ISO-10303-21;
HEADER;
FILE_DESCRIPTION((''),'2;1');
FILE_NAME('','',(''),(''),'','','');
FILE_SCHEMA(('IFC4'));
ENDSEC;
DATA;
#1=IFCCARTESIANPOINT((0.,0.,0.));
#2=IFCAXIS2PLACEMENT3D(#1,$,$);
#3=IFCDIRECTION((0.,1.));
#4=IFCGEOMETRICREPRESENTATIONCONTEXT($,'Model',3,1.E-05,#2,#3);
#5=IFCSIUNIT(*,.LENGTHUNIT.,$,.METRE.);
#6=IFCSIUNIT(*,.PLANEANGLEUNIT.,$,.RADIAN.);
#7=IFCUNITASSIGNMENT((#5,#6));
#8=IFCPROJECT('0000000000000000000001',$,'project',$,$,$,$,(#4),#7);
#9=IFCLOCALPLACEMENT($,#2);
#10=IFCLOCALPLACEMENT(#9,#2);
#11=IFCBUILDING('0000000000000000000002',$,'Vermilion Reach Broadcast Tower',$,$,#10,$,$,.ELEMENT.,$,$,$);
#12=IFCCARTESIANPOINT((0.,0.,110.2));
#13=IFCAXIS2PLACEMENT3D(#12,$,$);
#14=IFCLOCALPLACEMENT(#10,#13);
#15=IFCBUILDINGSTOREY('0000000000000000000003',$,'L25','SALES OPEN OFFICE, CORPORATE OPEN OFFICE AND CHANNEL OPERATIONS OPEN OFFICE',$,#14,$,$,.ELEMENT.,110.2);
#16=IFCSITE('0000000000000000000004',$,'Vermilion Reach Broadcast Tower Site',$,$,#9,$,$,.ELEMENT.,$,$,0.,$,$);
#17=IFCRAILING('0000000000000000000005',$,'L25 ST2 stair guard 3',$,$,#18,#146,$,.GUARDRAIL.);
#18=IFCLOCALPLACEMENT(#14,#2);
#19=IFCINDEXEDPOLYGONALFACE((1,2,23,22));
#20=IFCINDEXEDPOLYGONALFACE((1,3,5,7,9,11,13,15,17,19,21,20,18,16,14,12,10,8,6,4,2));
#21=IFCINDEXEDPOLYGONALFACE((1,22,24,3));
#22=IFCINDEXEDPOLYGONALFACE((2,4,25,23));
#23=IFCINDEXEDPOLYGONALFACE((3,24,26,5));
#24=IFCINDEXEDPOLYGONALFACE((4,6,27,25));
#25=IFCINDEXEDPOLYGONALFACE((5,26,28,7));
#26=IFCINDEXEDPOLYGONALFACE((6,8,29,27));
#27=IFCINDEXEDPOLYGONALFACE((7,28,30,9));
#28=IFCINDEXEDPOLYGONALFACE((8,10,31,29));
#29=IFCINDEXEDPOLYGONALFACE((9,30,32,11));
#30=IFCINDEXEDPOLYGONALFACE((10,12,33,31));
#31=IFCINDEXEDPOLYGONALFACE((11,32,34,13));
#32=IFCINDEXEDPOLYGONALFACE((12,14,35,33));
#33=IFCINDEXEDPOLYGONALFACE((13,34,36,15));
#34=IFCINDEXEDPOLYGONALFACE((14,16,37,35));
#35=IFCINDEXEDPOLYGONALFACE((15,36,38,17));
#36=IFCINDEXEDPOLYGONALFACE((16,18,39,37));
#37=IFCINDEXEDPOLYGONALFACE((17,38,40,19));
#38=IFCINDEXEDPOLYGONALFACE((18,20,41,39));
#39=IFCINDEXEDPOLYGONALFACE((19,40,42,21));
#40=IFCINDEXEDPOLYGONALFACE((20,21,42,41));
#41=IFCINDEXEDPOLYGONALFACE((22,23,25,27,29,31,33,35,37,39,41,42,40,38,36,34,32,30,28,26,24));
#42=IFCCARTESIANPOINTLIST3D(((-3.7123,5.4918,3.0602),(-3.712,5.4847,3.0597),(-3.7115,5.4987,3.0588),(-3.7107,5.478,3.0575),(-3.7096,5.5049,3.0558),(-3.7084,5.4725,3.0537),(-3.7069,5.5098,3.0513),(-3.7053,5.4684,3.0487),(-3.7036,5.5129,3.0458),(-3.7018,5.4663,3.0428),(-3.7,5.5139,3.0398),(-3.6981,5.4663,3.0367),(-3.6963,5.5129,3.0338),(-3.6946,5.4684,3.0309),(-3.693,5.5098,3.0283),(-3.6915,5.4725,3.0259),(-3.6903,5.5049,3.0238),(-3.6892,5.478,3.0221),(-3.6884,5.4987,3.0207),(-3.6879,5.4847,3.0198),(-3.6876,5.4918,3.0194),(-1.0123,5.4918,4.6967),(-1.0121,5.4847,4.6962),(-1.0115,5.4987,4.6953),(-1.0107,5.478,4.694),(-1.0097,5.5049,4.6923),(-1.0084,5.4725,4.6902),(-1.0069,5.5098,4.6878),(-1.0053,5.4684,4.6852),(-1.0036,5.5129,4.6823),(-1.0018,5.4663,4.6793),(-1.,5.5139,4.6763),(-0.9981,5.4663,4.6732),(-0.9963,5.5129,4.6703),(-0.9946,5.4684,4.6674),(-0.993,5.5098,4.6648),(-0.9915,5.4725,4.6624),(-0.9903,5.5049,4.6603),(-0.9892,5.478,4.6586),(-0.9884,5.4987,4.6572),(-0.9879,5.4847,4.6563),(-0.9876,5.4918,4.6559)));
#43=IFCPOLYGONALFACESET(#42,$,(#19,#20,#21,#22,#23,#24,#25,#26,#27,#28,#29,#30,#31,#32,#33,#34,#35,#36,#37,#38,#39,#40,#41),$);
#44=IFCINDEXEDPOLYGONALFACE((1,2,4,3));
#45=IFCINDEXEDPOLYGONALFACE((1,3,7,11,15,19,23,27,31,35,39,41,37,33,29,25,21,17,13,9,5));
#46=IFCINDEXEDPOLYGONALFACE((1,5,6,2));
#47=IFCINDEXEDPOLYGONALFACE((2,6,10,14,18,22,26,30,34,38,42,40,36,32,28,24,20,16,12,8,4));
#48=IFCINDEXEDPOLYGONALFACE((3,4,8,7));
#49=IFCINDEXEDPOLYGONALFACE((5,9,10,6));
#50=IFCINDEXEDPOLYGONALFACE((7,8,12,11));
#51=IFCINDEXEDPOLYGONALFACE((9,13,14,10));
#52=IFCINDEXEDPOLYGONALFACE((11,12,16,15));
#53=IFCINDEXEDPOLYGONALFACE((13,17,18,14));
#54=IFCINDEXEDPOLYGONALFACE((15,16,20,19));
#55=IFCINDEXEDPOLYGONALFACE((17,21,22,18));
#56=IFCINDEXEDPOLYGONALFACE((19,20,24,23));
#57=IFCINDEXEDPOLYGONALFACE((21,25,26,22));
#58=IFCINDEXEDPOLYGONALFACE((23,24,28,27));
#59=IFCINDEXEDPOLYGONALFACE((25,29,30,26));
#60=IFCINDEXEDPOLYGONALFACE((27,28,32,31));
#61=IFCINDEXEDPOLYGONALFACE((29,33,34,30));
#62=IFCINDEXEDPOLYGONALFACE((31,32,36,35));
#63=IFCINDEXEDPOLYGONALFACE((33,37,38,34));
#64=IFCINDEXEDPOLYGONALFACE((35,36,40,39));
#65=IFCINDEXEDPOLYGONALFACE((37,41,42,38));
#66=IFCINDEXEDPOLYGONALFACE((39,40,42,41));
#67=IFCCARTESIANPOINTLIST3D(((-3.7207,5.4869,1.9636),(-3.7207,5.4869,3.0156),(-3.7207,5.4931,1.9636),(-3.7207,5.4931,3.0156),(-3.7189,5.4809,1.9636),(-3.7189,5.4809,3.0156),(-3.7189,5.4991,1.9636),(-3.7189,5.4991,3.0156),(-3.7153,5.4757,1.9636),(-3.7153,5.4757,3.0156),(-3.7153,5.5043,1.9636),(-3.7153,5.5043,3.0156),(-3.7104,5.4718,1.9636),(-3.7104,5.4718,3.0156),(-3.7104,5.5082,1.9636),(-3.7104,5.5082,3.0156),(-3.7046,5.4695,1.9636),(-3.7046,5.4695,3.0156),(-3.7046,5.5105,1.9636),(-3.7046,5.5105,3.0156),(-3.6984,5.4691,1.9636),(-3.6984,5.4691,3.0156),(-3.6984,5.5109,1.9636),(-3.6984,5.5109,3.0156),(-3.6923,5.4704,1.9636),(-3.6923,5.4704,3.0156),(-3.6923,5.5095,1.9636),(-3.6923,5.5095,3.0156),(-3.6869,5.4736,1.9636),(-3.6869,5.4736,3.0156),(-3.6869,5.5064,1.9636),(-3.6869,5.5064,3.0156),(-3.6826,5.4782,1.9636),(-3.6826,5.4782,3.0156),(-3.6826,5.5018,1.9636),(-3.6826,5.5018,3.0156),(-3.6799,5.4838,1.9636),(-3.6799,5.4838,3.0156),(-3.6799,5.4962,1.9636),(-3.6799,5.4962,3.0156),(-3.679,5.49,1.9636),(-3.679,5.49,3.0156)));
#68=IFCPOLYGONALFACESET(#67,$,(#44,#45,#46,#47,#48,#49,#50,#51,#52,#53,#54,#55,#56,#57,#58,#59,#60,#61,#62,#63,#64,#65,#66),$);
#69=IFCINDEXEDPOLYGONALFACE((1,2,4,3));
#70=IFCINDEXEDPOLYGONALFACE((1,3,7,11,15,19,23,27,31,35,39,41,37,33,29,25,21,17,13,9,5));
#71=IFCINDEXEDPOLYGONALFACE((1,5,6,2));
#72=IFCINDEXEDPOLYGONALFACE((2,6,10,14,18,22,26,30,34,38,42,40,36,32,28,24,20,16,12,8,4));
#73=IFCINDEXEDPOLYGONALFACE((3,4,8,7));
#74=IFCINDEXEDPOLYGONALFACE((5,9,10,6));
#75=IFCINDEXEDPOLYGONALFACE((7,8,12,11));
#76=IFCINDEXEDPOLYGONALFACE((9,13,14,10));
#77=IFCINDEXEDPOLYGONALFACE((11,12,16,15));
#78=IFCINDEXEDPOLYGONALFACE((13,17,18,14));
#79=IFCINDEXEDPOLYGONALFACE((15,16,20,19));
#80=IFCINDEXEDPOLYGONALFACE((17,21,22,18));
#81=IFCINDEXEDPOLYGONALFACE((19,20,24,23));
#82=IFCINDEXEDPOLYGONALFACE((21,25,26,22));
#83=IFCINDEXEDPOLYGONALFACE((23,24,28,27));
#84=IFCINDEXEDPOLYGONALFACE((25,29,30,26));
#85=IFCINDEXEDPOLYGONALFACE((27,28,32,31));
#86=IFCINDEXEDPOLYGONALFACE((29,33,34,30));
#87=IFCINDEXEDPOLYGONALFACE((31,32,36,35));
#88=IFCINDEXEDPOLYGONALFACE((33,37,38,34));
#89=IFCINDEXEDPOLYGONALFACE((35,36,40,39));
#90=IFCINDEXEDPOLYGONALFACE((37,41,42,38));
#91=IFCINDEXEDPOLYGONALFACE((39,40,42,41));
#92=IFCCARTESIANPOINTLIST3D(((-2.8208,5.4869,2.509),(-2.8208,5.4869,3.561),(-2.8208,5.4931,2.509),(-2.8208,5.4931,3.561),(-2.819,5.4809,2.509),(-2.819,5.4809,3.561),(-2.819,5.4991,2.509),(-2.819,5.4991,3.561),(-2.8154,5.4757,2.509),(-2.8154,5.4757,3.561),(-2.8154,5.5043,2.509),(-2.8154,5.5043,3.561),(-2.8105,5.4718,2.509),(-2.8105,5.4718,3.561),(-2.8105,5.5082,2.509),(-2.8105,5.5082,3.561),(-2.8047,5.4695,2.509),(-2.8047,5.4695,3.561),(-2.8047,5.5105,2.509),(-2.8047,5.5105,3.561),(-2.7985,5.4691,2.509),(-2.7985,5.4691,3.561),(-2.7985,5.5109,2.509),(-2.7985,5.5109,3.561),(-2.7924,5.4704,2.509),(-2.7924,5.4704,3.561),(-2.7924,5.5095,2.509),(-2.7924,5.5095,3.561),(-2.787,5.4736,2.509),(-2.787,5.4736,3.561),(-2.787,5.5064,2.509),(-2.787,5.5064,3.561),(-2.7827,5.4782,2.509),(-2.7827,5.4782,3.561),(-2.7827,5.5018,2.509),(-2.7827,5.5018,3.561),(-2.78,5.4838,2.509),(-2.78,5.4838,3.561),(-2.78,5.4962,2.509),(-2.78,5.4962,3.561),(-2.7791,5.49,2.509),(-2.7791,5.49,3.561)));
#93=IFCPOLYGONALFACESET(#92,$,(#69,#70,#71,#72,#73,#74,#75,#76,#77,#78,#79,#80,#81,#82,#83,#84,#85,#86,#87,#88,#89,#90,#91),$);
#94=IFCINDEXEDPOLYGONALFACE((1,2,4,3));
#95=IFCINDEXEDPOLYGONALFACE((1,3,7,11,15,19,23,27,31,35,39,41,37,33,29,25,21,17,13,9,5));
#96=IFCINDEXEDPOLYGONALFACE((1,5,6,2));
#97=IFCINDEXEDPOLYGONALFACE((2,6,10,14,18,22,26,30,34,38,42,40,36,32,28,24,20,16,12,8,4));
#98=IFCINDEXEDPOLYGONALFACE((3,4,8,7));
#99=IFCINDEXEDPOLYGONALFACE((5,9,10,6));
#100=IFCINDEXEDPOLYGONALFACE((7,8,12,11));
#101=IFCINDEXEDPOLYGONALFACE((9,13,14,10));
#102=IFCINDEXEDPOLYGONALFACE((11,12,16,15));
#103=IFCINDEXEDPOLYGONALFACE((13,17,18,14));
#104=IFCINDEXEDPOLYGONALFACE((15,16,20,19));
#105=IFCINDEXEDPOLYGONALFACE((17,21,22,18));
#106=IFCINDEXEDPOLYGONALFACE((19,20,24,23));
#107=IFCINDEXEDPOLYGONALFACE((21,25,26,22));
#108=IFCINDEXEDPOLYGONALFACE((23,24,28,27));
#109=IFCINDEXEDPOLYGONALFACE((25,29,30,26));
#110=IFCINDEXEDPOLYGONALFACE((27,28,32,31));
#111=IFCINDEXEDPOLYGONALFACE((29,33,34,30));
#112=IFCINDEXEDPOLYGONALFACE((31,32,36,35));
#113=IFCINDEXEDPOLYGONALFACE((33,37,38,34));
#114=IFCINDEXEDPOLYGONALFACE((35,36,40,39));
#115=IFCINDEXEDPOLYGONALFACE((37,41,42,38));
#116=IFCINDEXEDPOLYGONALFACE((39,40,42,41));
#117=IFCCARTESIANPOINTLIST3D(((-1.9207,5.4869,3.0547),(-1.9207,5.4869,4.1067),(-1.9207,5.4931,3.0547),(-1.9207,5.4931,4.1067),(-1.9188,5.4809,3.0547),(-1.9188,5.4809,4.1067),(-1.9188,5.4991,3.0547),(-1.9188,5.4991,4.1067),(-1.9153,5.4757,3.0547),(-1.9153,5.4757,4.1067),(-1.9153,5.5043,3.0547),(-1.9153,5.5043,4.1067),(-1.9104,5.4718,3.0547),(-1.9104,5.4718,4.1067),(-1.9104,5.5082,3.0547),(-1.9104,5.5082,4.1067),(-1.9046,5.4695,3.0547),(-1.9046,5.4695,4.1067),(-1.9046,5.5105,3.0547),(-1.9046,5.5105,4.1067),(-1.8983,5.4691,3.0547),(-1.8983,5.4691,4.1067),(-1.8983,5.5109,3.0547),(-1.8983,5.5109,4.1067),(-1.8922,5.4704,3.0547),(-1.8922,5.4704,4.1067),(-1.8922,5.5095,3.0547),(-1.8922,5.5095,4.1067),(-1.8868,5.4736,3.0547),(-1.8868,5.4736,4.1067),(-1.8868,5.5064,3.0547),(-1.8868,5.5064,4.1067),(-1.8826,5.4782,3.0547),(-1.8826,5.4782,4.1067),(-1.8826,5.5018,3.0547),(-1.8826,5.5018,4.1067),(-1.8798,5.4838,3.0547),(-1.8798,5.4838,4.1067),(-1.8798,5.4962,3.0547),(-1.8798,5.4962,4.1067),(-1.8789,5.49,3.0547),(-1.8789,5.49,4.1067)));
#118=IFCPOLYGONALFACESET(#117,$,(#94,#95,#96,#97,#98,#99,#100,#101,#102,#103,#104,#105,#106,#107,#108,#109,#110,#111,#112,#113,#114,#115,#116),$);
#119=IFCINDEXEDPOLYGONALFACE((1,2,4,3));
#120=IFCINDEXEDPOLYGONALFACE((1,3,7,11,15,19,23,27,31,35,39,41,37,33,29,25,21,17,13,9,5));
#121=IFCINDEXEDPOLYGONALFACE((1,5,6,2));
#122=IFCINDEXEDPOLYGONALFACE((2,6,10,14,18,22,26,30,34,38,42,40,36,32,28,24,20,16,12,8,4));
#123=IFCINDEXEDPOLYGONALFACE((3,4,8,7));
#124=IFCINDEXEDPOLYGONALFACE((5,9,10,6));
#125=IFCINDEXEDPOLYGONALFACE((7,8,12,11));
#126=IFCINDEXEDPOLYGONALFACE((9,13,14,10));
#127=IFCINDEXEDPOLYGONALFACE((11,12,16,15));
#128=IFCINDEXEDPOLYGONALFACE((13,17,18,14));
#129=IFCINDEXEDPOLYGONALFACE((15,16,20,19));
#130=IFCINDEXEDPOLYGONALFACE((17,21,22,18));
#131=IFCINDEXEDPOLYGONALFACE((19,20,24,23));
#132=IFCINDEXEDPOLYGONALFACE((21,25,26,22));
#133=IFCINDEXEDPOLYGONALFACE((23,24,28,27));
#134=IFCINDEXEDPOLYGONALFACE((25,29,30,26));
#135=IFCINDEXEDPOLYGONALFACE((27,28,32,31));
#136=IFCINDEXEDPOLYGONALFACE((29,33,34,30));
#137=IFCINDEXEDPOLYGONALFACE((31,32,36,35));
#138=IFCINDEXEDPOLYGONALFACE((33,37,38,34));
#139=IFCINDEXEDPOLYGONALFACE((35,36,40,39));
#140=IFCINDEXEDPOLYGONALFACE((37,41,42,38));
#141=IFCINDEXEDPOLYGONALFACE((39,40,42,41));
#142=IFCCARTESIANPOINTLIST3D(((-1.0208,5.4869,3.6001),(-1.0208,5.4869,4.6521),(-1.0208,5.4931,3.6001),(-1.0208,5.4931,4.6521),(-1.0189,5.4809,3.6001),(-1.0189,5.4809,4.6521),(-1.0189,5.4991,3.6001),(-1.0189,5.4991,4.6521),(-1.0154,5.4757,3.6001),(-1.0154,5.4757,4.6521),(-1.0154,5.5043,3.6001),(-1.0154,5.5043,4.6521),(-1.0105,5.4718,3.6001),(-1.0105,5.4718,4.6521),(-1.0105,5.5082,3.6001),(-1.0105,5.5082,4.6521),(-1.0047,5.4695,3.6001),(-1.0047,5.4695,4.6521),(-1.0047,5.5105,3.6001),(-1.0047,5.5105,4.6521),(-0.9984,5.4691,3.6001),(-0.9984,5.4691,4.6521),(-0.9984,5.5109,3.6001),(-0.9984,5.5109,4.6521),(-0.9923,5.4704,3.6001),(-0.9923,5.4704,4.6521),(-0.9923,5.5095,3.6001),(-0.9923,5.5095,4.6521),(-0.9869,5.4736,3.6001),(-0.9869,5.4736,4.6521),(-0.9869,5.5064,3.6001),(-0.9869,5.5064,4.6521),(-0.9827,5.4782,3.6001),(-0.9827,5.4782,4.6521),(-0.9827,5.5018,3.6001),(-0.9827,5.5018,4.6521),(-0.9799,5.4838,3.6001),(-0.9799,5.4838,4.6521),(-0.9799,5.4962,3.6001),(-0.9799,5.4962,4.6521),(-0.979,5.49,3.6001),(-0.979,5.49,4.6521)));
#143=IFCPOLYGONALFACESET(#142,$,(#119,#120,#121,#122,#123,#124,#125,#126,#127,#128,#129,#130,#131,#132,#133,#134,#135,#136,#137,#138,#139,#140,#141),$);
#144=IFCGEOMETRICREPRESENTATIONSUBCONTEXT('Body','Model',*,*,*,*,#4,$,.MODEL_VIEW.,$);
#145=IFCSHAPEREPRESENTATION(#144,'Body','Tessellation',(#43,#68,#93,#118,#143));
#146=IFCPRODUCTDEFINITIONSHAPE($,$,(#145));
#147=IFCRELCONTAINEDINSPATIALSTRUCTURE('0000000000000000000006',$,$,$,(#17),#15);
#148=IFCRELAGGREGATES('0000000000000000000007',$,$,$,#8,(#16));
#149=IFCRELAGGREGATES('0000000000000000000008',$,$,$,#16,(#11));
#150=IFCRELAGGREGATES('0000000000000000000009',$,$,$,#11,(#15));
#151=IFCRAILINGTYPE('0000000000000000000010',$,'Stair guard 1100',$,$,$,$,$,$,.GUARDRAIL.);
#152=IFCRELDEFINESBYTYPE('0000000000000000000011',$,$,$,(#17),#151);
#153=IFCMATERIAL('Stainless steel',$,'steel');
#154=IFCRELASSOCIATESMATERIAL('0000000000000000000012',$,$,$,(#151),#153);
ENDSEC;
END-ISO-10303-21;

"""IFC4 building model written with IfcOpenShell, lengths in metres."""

from ifc_helpers import new_model, si_unit, direction, frame, origin, origin_2d, place, context, subcontext, project, spatial, circle, extrude, material, type_object, element, save


model = new_model("IFC4")

# Units and contexts
model_context = context("Model", 3, precision=1e-05, world=origin(), true_north=direction((0.0, 1.0)))
body_context = subcontext(model_context, "Body", "Model", "MODEL_VIEW")
ifc_project = project(units=[si_unit("LENGTHUNIT", "METRE"), si_unit("PLANEANGLEUNIT", "RADIAN")], contexts=[model_context])

# Site, building, storey
site_placement = place(None, origin())
site = spatial("IfcSite", under=ifc_project, at=site_placement, Name="Vermilion Reach Broadcast Tower Site", CompositionType="ELEMENT", RefElevation=0.0)
building_placement = place(site_placement, origin())
building = spatial("IfcBuilding", under=site, at=building_placement, Name="Vermilion Reach Broadcast Tower", CompositionType="ELEMENT")
storey_placement = place(building_placement, frame((0.0, 0.0, 110.2)))
storey = spatial("IfcBuildingStorey", under=building, at=storey_placement, Name="L25", Description="SALES OPEN OFFICE, CORPORATE OPEN OFFICE AND CHANNEL OPERATIONS OPEN OFFICE", CompositionType="ELEMENT", Elevation=110.2)

# Railing
ifc_material_1 = material(Name="Stainless steel", Category="steel")
railing_type_1 = type_object("IfcRailingType", Name="Stair guard 1100", PredefinedType="GUARDRAIL", material=ifc_material_1)
railing_1_placement = place(storey_placement, frame((-3.7, 5.49, 1.9636)))
element("IfcRailing", 1, at=railing_1_placement, inside=storey, type_object=railing_type_1, Name="L25 ST2 stair guard 3", PredefinedType="GUARDRAIL", context=body_context, shape_type="SweptSolid", body=[
    extrude(circle(Radius=0.0239, at=origin_2d()), frame((0.0, 0.0, 1.0762), z_axis=(0.855178, 0.0, 0.518334), x_axis=(0.0, 1.0, 0.0)), (0.0, 0.0, 1.0), 3.1572),
    extrude(circle(Radius=0.021, at=origin_2d()), origin(), (0.0, 0.0, 1.0), 1.052),
    extrude(circle(Radius=0.021, at=origin_2d()), frame((0.8999, 0.0, 0.5454)), (0.0, 0.0, 1.0), 1.052),
    extrude(circle(Radius=0.021, at=origin_2d()), frame((1.8, 0.0, 1.0911)), (0.0, 0.0, 1.0), 1.052),
    extrude(circle(Radius=0.021, at=origin_2d()), frame((2.7, 0.0, 1.6365)), (0.0, 0.0, 1.0), 1.052),
])

save(model, "model.ifc")
